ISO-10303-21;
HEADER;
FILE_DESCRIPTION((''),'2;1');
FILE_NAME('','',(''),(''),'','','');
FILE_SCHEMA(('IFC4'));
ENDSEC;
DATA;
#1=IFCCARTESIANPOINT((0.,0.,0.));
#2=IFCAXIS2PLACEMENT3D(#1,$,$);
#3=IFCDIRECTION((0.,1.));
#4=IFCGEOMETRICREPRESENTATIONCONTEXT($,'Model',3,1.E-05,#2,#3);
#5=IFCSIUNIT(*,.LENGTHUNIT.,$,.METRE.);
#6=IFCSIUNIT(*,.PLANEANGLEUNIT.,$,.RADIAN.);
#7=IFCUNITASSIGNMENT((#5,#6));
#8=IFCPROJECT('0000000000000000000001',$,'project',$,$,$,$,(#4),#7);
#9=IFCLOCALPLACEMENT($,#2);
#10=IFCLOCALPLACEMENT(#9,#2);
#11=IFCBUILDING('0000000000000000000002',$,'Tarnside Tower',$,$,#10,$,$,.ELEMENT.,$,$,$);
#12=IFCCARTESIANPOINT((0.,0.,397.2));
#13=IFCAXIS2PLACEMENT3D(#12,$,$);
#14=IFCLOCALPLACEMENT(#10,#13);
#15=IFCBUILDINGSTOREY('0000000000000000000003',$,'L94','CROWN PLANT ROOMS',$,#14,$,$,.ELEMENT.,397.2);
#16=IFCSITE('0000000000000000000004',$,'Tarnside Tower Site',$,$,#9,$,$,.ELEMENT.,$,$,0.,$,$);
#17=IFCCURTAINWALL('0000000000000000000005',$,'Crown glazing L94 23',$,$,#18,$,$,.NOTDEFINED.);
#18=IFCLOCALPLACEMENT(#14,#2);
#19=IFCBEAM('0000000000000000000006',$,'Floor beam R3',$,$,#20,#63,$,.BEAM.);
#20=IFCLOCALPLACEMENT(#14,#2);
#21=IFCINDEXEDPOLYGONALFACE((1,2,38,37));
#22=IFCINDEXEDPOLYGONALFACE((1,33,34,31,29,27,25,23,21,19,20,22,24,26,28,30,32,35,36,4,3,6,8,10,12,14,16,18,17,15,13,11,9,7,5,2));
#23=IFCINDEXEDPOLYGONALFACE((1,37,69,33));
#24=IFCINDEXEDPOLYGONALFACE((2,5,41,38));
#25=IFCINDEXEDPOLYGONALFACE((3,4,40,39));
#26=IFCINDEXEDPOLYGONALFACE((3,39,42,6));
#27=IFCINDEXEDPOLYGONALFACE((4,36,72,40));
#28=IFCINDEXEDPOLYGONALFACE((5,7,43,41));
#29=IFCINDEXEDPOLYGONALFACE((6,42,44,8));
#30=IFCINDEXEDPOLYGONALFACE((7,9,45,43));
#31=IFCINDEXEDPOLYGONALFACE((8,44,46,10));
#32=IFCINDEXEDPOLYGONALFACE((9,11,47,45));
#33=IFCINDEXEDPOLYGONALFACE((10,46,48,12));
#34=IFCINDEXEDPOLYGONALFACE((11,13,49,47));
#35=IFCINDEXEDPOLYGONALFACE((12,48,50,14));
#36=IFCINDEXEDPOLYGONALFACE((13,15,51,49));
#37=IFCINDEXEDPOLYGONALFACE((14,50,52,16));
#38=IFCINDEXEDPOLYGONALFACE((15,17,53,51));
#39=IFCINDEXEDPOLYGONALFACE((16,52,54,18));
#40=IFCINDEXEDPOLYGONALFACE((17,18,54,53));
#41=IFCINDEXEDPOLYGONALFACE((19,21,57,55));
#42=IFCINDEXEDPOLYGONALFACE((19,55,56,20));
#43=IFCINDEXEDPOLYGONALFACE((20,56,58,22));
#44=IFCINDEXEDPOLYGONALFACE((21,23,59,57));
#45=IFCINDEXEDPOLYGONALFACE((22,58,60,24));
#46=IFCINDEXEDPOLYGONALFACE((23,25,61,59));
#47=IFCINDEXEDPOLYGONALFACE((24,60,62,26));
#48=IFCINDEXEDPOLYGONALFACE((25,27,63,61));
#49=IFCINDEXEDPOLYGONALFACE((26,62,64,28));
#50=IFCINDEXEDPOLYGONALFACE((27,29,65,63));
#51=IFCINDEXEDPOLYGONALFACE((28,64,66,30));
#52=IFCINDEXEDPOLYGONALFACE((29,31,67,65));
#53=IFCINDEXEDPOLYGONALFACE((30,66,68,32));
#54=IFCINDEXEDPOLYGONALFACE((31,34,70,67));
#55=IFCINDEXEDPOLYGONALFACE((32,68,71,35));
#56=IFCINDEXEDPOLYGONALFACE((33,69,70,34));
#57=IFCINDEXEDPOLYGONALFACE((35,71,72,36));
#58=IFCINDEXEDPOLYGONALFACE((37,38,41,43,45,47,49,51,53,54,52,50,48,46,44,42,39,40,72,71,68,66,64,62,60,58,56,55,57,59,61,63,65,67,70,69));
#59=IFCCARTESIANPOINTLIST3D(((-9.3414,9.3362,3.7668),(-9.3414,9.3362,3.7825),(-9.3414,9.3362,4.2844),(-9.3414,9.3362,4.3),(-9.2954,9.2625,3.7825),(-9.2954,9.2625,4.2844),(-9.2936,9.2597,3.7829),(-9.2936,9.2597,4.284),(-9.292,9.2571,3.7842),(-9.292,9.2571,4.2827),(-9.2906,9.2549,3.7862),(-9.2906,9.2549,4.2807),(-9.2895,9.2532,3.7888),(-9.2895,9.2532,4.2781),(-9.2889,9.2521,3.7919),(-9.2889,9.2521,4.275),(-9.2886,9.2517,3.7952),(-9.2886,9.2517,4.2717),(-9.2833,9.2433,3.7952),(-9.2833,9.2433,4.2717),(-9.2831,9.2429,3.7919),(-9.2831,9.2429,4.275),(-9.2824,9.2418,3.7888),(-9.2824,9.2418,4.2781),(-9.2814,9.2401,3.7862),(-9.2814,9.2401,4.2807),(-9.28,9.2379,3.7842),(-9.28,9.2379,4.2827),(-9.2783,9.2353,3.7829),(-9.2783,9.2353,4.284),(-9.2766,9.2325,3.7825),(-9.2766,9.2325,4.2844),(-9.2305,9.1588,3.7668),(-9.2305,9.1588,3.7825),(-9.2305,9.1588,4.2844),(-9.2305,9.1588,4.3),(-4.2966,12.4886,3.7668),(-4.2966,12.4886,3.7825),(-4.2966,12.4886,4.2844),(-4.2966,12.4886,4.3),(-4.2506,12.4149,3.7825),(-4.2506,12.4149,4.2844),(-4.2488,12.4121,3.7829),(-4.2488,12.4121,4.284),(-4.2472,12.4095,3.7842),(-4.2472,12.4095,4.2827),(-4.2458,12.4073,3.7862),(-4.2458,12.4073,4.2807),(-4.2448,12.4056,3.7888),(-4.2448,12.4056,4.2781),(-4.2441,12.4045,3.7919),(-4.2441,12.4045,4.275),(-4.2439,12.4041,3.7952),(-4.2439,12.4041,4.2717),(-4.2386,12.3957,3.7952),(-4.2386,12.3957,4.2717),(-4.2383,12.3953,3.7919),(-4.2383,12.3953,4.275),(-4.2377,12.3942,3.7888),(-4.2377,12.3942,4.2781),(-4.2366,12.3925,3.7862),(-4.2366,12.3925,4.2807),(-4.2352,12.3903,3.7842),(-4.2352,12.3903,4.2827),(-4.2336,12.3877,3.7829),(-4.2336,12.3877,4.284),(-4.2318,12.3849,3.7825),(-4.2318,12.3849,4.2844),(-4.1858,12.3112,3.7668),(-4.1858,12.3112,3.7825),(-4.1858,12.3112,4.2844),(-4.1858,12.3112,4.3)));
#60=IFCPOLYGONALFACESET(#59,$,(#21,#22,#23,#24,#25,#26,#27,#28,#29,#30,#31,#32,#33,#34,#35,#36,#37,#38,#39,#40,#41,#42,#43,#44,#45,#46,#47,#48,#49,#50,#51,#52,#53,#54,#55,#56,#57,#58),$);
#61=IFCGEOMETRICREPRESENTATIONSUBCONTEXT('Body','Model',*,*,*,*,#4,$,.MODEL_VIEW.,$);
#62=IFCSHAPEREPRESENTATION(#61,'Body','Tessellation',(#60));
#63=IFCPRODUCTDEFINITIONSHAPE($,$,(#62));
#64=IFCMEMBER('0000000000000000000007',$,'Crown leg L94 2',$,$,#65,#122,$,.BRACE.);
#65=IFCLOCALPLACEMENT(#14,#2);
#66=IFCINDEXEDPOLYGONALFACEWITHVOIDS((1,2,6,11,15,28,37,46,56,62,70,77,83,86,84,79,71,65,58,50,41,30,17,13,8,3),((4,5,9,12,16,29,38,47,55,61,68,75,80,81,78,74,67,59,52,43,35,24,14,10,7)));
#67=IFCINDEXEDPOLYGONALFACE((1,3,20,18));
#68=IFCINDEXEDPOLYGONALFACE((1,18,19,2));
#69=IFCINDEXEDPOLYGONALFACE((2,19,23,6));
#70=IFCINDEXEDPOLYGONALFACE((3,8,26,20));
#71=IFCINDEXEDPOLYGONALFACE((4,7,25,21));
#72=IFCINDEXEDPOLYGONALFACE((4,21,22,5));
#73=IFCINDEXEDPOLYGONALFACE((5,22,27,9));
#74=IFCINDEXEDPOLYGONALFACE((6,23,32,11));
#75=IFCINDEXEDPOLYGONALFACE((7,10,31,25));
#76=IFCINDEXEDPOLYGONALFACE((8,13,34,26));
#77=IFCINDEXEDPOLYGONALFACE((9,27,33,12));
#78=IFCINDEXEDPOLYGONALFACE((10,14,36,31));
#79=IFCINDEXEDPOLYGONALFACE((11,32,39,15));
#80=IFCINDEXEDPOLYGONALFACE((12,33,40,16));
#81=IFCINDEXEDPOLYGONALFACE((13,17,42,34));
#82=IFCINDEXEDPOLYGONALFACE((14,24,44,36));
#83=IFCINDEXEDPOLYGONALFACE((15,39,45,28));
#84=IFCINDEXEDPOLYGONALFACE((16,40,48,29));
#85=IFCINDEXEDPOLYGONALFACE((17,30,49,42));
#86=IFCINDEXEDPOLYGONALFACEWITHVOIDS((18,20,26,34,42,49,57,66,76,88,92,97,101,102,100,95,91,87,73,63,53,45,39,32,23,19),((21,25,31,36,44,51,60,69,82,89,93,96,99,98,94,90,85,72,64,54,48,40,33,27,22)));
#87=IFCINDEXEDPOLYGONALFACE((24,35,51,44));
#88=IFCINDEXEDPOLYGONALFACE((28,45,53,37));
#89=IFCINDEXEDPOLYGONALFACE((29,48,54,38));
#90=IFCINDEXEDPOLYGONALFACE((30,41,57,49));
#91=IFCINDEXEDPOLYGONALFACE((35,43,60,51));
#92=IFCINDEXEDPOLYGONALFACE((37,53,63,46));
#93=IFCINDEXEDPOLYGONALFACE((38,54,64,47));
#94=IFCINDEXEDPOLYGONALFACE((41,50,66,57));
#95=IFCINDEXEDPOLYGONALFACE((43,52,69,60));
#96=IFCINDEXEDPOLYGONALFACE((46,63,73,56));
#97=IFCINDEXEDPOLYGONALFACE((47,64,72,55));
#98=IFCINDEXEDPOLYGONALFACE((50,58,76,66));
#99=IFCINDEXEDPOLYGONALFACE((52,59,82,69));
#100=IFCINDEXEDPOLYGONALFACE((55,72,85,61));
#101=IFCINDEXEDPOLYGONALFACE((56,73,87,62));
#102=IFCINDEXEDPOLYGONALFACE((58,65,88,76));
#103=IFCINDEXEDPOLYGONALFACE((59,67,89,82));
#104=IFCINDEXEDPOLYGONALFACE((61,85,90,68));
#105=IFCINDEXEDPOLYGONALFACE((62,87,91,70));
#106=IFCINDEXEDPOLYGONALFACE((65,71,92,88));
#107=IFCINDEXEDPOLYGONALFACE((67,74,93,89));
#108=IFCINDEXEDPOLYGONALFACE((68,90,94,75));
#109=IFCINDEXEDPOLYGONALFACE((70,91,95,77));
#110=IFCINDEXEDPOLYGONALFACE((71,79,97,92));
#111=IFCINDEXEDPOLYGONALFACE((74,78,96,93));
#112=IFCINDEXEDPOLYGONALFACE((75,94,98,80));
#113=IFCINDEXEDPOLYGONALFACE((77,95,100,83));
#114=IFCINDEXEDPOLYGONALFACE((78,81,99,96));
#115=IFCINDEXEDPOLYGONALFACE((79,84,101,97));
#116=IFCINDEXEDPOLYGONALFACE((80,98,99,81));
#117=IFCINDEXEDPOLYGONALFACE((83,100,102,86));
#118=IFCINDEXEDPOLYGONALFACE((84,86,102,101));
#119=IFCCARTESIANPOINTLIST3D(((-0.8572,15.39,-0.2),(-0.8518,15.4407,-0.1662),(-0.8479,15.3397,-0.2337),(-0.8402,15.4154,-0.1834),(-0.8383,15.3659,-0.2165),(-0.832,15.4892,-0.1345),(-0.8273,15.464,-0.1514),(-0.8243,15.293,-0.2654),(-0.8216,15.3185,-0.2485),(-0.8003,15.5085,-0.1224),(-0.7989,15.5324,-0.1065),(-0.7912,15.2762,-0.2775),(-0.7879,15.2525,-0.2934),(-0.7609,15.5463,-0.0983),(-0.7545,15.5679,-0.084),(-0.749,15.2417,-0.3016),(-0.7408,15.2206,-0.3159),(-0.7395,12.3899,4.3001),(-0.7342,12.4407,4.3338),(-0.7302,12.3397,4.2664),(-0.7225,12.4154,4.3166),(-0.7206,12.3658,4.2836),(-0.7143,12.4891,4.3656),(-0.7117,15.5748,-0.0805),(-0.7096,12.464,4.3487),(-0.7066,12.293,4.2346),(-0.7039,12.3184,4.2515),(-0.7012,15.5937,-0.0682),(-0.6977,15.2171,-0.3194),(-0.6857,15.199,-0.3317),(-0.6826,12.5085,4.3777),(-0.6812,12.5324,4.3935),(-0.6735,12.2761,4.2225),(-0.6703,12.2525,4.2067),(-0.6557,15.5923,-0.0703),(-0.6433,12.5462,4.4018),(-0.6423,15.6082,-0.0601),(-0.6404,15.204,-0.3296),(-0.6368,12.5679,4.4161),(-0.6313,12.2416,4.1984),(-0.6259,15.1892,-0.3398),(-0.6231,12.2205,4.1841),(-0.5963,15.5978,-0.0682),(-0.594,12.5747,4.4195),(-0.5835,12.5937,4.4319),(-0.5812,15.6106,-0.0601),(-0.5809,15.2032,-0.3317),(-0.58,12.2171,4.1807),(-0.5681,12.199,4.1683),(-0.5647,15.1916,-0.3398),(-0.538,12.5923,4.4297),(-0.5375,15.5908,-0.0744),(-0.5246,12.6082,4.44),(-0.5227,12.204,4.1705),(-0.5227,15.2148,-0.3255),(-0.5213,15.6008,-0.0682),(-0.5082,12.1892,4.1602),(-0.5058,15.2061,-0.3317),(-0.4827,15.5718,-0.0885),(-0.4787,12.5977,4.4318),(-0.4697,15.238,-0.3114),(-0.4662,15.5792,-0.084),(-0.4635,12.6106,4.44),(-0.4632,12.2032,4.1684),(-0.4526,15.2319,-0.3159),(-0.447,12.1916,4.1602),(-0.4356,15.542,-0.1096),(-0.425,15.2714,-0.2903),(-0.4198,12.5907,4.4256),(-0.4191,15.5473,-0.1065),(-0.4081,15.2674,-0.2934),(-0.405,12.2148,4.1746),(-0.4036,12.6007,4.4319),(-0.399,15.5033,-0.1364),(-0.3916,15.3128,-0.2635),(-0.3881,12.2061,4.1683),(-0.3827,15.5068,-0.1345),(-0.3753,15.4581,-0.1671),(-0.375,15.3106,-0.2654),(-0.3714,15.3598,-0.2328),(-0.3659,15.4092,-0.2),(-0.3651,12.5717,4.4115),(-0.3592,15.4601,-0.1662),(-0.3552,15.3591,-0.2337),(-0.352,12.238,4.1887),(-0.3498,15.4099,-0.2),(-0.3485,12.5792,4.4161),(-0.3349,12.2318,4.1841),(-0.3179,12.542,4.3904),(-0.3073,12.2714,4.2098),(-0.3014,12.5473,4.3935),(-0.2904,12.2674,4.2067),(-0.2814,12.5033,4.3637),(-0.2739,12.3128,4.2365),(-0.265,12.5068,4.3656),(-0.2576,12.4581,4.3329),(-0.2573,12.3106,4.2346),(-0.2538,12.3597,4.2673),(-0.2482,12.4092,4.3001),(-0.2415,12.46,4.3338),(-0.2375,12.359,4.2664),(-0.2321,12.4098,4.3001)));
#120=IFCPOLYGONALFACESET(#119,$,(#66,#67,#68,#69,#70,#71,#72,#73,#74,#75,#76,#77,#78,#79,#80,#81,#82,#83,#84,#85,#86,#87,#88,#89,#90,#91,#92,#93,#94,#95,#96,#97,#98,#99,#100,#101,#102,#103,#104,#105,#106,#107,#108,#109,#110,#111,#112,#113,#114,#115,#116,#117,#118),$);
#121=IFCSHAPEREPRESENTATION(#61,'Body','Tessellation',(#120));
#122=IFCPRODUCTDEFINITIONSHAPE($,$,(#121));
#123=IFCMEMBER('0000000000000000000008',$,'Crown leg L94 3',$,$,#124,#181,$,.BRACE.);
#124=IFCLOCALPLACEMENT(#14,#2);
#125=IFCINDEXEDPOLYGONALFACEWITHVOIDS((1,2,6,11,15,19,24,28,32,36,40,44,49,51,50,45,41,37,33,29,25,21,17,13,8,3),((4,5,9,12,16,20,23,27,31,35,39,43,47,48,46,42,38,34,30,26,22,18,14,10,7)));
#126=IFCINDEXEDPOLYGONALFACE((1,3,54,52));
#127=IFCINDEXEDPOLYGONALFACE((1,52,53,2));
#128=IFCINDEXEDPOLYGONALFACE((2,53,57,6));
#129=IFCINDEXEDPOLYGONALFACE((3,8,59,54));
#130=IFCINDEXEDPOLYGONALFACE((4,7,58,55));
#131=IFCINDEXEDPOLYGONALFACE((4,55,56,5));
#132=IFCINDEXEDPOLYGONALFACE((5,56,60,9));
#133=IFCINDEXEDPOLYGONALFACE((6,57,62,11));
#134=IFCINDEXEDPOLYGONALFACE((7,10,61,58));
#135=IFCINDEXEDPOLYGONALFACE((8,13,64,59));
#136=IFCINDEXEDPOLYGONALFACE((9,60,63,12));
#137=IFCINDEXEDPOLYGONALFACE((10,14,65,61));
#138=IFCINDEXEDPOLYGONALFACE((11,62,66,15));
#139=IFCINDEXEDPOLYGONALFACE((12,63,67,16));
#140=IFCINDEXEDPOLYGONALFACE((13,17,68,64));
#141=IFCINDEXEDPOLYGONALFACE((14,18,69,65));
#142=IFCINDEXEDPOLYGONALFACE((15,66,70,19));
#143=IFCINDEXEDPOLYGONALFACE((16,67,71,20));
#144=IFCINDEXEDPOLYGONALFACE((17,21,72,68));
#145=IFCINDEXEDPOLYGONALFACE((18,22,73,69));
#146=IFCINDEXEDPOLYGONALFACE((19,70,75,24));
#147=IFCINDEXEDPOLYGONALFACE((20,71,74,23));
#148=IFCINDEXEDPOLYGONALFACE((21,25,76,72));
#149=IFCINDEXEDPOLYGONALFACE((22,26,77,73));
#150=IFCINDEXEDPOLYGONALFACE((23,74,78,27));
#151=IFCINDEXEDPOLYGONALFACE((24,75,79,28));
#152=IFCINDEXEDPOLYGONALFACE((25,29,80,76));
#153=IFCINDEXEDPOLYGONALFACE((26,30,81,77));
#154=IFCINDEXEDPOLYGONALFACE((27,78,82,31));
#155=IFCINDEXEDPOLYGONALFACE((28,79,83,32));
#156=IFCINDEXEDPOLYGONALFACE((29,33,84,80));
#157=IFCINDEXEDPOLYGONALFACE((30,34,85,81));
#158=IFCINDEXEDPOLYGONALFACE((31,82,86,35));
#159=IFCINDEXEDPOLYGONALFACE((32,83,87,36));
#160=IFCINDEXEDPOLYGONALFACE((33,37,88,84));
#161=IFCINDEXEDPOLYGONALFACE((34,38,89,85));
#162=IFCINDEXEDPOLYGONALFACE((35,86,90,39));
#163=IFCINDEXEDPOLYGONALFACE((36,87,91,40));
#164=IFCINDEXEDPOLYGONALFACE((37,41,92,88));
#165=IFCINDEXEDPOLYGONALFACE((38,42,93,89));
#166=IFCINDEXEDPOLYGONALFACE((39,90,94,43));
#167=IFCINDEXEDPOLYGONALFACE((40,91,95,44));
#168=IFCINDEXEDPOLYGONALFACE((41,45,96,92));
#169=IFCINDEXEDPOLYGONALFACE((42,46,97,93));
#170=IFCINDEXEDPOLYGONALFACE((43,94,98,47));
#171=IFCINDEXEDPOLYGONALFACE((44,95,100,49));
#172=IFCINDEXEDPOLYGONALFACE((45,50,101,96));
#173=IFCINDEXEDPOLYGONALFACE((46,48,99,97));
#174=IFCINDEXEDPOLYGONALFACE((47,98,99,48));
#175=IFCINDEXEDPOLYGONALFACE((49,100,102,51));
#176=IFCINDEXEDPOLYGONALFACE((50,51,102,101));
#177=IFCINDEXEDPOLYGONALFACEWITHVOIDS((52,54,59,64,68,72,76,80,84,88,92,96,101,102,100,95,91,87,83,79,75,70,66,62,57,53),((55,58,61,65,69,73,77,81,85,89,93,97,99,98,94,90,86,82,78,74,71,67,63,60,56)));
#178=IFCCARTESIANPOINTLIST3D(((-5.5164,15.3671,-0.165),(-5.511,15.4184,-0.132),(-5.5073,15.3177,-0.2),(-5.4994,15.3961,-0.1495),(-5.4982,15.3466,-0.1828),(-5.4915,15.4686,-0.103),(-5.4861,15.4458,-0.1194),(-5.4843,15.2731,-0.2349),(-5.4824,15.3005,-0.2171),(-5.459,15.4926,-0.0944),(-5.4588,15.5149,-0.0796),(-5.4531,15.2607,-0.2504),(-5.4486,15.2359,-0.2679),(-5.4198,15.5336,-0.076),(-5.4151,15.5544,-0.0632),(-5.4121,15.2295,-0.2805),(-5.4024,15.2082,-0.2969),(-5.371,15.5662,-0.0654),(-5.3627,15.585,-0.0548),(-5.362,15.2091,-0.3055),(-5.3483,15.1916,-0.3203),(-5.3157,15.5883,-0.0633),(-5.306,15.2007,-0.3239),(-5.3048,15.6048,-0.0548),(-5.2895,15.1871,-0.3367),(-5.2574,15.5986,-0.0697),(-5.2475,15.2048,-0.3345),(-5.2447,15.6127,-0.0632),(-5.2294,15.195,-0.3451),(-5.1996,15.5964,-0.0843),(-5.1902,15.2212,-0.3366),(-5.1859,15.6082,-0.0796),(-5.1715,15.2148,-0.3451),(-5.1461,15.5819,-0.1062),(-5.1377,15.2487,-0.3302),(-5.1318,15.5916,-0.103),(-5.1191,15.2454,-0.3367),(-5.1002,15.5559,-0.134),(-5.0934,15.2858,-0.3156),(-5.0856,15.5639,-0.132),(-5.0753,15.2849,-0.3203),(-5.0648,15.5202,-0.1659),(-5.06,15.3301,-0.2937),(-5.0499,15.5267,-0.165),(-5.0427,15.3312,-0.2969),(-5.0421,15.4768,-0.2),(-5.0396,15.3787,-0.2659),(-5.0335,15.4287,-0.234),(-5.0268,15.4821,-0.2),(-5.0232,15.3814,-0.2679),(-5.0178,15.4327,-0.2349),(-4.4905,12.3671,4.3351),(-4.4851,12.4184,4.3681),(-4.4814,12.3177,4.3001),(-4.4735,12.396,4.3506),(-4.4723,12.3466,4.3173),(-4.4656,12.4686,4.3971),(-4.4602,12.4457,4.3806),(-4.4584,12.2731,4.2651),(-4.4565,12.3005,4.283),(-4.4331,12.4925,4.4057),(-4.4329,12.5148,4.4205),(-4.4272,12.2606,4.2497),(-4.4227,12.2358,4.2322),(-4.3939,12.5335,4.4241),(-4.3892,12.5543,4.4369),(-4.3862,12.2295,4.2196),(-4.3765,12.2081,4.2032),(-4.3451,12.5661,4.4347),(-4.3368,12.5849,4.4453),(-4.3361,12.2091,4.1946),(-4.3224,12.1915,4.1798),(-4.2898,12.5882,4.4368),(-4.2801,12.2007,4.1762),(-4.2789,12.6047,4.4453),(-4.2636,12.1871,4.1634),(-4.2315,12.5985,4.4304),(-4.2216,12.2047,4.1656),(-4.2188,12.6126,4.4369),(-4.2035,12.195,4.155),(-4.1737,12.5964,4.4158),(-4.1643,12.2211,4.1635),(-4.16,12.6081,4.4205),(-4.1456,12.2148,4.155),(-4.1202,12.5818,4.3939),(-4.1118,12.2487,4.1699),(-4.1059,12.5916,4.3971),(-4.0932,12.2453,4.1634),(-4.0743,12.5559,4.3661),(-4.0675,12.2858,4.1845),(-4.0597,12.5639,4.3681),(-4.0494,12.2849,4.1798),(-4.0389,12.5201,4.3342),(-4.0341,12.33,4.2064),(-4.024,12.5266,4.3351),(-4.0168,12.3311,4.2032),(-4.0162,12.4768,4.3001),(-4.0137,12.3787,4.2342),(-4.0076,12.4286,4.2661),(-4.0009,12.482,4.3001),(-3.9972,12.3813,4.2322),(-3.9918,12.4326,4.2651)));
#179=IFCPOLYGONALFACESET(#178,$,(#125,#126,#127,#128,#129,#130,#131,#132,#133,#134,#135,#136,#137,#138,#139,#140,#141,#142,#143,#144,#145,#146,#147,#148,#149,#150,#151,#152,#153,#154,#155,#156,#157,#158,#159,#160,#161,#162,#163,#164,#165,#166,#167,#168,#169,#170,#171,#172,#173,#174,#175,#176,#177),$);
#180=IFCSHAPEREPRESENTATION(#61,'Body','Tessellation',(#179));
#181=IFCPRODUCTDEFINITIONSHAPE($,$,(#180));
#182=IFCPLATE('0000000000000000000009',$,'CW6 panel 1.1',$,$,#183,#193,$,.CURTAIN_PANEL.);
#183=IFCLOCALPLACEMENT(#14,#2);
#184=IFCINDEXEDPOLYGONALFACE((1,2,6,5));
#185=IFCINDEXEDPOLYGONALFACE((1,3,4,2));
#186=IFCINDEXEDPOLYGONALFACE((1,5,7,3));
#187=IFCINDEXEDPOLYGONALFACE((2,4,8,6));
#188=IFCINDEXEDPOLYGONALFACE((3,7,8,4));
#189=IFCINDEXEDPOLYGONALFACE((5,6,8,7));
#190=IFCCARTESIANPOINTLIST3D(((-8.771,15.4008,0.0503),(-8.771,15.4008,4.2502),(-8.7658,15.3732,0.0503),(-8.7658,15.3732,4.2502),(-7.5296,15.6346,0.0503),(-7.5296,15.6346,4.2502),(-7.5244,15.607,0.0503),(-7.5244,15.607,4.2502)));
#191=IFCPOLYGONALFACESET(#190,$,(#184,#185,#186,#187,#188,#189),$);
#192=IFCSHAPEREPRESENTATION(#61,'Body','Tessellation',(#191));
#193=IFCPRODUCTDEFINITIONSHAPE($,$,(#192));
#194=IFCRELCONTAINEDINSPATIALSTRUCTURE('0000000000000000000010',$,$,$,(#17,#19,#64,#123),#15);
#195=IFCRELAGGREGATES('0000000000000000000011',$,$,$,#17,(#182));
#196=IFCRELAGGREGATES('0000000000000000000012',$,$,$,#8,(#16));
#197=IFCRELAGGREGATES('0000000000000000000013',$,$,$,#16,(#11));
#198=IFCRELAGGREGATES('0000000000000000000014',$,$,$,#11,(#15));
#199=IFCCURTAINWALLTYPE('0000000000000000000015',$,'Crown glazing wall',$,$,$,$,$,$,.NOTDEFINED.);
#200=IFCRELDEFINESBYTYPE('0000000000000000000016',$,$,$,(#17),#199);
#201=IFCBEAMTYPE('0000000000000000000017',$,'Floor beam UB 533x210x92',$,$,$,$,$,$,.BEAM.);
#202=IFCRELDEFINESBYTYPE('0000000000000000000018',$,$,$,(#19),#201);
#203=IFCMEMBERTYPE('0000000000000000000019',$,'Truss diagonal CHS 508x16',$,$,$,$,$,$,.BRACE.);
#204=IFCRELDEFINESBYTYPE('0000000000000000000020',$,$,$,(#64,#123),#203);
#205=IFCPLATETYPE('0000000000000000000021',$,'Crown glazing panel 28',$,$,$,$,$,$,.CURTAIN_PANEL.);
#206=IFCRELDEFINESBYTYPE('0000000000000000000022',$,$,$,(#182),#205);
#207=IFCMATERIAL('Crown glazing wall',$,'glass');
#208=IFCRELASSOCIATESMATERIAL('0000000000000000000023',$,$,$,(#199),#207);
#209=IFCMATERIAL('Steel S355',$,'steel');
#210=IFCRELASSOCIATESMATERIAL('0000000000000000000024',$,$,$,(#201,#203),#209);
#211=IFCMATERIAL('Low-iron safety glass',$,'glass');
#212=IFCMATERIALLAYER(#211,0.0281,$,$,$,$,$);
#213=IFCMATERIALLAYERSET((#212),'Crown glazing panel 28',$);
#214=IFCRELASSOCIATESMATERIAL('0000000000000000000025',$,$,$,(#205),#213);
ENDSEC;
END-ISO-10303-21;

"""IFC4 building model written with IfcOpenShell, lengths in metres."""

from ifc_helpers import new_model, si_unit, direction, frame, origin, origin_2d, place, context, subcontext, project, spatial, rectangle, hollow_circle, i_section, extrude, material, layer, layer_set, material_profile, profile_set, type_object, element, aggregate, save


model = new_model("IFC4")

# Units and contexts
model_context = context("Model", 3, precision=1e-05, world=origin(), true_north=direction((0.0, 1.0)))
body_context = subcontext(model_context, "Body", "Model", "MODEL_VIEW")
ifc_project = project(units=[si_unit("LENGTHUNIT", "METRE"), si_unit("PLANEANGLEUNIT", "RADIAN")], contexts=[model_context])

# Site, building, storey
site_placement = place(None, origin())
site = spatial("IfcSite", under=ifc_project, at=site_placement, Name="Tarnside Tower Site", CompositionType="ELEMENT", RefElevation=0.0)
building_placement = place(site_placement, origin())
building = spatial("IfcBuilding", under=site, at=building_placement, Name="Tarnside Tower", CompositionType="ELEMENT")
storey_placement = place(building_placement, frame((0.0, 0.0, 397.2)))
storey = spatial("IfcBuildingStorey", under=building, at=storey_placement, Name="L94", Description="CROWN PLANT ROOMS", CompositionType="ELEMENT", Elevation=397.2)

# Shared definitions
ifc_material_1 = material(Name="Crown glazing wall", Category="glass")
curtain_wall_type = type_object("IfcCurtainWallType", Name="Crown glazing wall", PredefinedType="NOTDEFINED", material=ifc_material_1)

# Curtain wall
curtain_wall_1_placement = place(storey_placement, origin())
curtain_wall_1 = element("IfcCurtainWall", 1, at=curtain_wall_1_placement, inside=storey, type_object=curtain_wall_type, Name="Crown glazing L94 23", PredefinedType="NOTDEFINED")

# Beam
ifc_material_2 = material(Name="Steel S355", Category="steel")
ifc_material_profile_1 = material_profile(ifc_material_2, i_section(OverallWidth=0.2092, OverallDepth=0.5332, WebThickness=0.01, FlangeThickness=0.0156, FilletRadius=0.0127, at=origin_2d()), Name="UB 533x210x92")
ifc_profile_set_1 = profile_set([ifc_material_profile_1], Name="Steel S355")
beam_type = type_object("IfcBeamType", Name="Floor beam UB 533x210x92", PredefinedType="BEAM", material=ifc_profile_set_1)
beam_1_placement = place(storey_placement, frame((-4.2412, 12.3999, 4.0334), z_axis=(-0.848042, -0.529929, 0.0), x_axis=(0.529929, -0.848042, 0.0)))
element("IfcBeam", 2, at=beam_1_placement, inside=storey, type_object=beam_type, Name="Floor beam R3", PredefinedType="BEAM", context=body_context, shape_type="SweptSolid", body=[
    extrude(i_section(OverallWidth=0.2092, OverallDepth=0.5332, WebThickness=0.01, FlangeThickness=0.0156, FilletRadius=0.0127, at=origin_2d()), origin(), (0.0, 0.0, 1.0), 5.9487),
])

# Members
ifc_material_profile_2 = material_profile(ifc_material_2, hollow_circle(Radius=0.2539, WallThickness=0.0161, at=origin_2d()), Name="CHS 508x16")
ifc_profile_set_2 = profile_set([ifc_material_profile_2], Name="Steel S355")
member_type_1 = type_object("IfcMemberType", Name="Truss diagonal CHS 508x16", PredefinedType="BRACE", material=ifc_profile_set_2)
member_1_placement = place(storey_placement, frame((-0.6035, 15.3999, -0.2), z_axis=(0.021753, -0.554569, 0.831853), x_axis=(0.999232, 0.039195, 0.0)))
element("IfcMember", 3, at=member_1_placement, inside=storey, type_object=member_type_1, Name="Crown leg L94 2", PredefinedType="BRACE", context=body_context, shape_type="SweptSolid", body=[
    extrude(hollow_circle(Radius=0.2539, WallThickness=0.0161, at=origin_2d()), origin(), (0.0, 0.0, 1.0), 5.4097),
])
member_2_placement = place(storey_placement, frame((-5.2671, 15.3999, -0.2), z_axis=(0.186362, -0.544982, 0.817474), x_axis=(0.946206, 0.323564, 0.0)))
element("IfcMember", 4, at=member_2_placement, inside=storey, type_object=member_type_1, Name="Crown leg L94 3", PredefinedType="BRACE", context=body_context, shape_type="SweptSolid", body=[
    extrude(hollow_circle(Radius=0.2539, WallThickness=0.0161, at=origin_2d()), origin(), (0.0, 0.0, 1.0), 5.5049),
])

# Plate
ifc_material_3 = material(Name="Low-iron safety glass", Category="glass")
ifc_layer_1 = layer(ifc_material_3, 0.0281)
ifc_layer_set_1 = layer_set([ifc_layer_1], Name="Crown glazing panel 28")
plate_type_1 = type_object("IfcPlateType", Name="Crown glazing panel 28", PredefinedType="CURTAIN_PANEL", material=ifc_layer_set_1)
plate_1_placement = place(storey_placement, frame((-8.1477, 15.5039, 0.0503), z_axis=(0.0, 0.0, 1.0), x_axis=(0.982721, 0.185095, 0.0)))
plate_1 = element("IfcPlate", 5, at=plate_1_placement, type_object=plate_type_1, Name="CW6 panel 1.1", PredefinedType="CURTAIN_PANEL", context=body_context, shape_type="SweptSolid", body=[
    extrude(rectangle(XDim=1.2632, YDim=0.0281, at=origin_2d()), origin(), (0.0, 0.0, 1.0), 4.2),
])
aggregate(curtain_wall_1, [plate_1])

save(model, "model.ifc")
